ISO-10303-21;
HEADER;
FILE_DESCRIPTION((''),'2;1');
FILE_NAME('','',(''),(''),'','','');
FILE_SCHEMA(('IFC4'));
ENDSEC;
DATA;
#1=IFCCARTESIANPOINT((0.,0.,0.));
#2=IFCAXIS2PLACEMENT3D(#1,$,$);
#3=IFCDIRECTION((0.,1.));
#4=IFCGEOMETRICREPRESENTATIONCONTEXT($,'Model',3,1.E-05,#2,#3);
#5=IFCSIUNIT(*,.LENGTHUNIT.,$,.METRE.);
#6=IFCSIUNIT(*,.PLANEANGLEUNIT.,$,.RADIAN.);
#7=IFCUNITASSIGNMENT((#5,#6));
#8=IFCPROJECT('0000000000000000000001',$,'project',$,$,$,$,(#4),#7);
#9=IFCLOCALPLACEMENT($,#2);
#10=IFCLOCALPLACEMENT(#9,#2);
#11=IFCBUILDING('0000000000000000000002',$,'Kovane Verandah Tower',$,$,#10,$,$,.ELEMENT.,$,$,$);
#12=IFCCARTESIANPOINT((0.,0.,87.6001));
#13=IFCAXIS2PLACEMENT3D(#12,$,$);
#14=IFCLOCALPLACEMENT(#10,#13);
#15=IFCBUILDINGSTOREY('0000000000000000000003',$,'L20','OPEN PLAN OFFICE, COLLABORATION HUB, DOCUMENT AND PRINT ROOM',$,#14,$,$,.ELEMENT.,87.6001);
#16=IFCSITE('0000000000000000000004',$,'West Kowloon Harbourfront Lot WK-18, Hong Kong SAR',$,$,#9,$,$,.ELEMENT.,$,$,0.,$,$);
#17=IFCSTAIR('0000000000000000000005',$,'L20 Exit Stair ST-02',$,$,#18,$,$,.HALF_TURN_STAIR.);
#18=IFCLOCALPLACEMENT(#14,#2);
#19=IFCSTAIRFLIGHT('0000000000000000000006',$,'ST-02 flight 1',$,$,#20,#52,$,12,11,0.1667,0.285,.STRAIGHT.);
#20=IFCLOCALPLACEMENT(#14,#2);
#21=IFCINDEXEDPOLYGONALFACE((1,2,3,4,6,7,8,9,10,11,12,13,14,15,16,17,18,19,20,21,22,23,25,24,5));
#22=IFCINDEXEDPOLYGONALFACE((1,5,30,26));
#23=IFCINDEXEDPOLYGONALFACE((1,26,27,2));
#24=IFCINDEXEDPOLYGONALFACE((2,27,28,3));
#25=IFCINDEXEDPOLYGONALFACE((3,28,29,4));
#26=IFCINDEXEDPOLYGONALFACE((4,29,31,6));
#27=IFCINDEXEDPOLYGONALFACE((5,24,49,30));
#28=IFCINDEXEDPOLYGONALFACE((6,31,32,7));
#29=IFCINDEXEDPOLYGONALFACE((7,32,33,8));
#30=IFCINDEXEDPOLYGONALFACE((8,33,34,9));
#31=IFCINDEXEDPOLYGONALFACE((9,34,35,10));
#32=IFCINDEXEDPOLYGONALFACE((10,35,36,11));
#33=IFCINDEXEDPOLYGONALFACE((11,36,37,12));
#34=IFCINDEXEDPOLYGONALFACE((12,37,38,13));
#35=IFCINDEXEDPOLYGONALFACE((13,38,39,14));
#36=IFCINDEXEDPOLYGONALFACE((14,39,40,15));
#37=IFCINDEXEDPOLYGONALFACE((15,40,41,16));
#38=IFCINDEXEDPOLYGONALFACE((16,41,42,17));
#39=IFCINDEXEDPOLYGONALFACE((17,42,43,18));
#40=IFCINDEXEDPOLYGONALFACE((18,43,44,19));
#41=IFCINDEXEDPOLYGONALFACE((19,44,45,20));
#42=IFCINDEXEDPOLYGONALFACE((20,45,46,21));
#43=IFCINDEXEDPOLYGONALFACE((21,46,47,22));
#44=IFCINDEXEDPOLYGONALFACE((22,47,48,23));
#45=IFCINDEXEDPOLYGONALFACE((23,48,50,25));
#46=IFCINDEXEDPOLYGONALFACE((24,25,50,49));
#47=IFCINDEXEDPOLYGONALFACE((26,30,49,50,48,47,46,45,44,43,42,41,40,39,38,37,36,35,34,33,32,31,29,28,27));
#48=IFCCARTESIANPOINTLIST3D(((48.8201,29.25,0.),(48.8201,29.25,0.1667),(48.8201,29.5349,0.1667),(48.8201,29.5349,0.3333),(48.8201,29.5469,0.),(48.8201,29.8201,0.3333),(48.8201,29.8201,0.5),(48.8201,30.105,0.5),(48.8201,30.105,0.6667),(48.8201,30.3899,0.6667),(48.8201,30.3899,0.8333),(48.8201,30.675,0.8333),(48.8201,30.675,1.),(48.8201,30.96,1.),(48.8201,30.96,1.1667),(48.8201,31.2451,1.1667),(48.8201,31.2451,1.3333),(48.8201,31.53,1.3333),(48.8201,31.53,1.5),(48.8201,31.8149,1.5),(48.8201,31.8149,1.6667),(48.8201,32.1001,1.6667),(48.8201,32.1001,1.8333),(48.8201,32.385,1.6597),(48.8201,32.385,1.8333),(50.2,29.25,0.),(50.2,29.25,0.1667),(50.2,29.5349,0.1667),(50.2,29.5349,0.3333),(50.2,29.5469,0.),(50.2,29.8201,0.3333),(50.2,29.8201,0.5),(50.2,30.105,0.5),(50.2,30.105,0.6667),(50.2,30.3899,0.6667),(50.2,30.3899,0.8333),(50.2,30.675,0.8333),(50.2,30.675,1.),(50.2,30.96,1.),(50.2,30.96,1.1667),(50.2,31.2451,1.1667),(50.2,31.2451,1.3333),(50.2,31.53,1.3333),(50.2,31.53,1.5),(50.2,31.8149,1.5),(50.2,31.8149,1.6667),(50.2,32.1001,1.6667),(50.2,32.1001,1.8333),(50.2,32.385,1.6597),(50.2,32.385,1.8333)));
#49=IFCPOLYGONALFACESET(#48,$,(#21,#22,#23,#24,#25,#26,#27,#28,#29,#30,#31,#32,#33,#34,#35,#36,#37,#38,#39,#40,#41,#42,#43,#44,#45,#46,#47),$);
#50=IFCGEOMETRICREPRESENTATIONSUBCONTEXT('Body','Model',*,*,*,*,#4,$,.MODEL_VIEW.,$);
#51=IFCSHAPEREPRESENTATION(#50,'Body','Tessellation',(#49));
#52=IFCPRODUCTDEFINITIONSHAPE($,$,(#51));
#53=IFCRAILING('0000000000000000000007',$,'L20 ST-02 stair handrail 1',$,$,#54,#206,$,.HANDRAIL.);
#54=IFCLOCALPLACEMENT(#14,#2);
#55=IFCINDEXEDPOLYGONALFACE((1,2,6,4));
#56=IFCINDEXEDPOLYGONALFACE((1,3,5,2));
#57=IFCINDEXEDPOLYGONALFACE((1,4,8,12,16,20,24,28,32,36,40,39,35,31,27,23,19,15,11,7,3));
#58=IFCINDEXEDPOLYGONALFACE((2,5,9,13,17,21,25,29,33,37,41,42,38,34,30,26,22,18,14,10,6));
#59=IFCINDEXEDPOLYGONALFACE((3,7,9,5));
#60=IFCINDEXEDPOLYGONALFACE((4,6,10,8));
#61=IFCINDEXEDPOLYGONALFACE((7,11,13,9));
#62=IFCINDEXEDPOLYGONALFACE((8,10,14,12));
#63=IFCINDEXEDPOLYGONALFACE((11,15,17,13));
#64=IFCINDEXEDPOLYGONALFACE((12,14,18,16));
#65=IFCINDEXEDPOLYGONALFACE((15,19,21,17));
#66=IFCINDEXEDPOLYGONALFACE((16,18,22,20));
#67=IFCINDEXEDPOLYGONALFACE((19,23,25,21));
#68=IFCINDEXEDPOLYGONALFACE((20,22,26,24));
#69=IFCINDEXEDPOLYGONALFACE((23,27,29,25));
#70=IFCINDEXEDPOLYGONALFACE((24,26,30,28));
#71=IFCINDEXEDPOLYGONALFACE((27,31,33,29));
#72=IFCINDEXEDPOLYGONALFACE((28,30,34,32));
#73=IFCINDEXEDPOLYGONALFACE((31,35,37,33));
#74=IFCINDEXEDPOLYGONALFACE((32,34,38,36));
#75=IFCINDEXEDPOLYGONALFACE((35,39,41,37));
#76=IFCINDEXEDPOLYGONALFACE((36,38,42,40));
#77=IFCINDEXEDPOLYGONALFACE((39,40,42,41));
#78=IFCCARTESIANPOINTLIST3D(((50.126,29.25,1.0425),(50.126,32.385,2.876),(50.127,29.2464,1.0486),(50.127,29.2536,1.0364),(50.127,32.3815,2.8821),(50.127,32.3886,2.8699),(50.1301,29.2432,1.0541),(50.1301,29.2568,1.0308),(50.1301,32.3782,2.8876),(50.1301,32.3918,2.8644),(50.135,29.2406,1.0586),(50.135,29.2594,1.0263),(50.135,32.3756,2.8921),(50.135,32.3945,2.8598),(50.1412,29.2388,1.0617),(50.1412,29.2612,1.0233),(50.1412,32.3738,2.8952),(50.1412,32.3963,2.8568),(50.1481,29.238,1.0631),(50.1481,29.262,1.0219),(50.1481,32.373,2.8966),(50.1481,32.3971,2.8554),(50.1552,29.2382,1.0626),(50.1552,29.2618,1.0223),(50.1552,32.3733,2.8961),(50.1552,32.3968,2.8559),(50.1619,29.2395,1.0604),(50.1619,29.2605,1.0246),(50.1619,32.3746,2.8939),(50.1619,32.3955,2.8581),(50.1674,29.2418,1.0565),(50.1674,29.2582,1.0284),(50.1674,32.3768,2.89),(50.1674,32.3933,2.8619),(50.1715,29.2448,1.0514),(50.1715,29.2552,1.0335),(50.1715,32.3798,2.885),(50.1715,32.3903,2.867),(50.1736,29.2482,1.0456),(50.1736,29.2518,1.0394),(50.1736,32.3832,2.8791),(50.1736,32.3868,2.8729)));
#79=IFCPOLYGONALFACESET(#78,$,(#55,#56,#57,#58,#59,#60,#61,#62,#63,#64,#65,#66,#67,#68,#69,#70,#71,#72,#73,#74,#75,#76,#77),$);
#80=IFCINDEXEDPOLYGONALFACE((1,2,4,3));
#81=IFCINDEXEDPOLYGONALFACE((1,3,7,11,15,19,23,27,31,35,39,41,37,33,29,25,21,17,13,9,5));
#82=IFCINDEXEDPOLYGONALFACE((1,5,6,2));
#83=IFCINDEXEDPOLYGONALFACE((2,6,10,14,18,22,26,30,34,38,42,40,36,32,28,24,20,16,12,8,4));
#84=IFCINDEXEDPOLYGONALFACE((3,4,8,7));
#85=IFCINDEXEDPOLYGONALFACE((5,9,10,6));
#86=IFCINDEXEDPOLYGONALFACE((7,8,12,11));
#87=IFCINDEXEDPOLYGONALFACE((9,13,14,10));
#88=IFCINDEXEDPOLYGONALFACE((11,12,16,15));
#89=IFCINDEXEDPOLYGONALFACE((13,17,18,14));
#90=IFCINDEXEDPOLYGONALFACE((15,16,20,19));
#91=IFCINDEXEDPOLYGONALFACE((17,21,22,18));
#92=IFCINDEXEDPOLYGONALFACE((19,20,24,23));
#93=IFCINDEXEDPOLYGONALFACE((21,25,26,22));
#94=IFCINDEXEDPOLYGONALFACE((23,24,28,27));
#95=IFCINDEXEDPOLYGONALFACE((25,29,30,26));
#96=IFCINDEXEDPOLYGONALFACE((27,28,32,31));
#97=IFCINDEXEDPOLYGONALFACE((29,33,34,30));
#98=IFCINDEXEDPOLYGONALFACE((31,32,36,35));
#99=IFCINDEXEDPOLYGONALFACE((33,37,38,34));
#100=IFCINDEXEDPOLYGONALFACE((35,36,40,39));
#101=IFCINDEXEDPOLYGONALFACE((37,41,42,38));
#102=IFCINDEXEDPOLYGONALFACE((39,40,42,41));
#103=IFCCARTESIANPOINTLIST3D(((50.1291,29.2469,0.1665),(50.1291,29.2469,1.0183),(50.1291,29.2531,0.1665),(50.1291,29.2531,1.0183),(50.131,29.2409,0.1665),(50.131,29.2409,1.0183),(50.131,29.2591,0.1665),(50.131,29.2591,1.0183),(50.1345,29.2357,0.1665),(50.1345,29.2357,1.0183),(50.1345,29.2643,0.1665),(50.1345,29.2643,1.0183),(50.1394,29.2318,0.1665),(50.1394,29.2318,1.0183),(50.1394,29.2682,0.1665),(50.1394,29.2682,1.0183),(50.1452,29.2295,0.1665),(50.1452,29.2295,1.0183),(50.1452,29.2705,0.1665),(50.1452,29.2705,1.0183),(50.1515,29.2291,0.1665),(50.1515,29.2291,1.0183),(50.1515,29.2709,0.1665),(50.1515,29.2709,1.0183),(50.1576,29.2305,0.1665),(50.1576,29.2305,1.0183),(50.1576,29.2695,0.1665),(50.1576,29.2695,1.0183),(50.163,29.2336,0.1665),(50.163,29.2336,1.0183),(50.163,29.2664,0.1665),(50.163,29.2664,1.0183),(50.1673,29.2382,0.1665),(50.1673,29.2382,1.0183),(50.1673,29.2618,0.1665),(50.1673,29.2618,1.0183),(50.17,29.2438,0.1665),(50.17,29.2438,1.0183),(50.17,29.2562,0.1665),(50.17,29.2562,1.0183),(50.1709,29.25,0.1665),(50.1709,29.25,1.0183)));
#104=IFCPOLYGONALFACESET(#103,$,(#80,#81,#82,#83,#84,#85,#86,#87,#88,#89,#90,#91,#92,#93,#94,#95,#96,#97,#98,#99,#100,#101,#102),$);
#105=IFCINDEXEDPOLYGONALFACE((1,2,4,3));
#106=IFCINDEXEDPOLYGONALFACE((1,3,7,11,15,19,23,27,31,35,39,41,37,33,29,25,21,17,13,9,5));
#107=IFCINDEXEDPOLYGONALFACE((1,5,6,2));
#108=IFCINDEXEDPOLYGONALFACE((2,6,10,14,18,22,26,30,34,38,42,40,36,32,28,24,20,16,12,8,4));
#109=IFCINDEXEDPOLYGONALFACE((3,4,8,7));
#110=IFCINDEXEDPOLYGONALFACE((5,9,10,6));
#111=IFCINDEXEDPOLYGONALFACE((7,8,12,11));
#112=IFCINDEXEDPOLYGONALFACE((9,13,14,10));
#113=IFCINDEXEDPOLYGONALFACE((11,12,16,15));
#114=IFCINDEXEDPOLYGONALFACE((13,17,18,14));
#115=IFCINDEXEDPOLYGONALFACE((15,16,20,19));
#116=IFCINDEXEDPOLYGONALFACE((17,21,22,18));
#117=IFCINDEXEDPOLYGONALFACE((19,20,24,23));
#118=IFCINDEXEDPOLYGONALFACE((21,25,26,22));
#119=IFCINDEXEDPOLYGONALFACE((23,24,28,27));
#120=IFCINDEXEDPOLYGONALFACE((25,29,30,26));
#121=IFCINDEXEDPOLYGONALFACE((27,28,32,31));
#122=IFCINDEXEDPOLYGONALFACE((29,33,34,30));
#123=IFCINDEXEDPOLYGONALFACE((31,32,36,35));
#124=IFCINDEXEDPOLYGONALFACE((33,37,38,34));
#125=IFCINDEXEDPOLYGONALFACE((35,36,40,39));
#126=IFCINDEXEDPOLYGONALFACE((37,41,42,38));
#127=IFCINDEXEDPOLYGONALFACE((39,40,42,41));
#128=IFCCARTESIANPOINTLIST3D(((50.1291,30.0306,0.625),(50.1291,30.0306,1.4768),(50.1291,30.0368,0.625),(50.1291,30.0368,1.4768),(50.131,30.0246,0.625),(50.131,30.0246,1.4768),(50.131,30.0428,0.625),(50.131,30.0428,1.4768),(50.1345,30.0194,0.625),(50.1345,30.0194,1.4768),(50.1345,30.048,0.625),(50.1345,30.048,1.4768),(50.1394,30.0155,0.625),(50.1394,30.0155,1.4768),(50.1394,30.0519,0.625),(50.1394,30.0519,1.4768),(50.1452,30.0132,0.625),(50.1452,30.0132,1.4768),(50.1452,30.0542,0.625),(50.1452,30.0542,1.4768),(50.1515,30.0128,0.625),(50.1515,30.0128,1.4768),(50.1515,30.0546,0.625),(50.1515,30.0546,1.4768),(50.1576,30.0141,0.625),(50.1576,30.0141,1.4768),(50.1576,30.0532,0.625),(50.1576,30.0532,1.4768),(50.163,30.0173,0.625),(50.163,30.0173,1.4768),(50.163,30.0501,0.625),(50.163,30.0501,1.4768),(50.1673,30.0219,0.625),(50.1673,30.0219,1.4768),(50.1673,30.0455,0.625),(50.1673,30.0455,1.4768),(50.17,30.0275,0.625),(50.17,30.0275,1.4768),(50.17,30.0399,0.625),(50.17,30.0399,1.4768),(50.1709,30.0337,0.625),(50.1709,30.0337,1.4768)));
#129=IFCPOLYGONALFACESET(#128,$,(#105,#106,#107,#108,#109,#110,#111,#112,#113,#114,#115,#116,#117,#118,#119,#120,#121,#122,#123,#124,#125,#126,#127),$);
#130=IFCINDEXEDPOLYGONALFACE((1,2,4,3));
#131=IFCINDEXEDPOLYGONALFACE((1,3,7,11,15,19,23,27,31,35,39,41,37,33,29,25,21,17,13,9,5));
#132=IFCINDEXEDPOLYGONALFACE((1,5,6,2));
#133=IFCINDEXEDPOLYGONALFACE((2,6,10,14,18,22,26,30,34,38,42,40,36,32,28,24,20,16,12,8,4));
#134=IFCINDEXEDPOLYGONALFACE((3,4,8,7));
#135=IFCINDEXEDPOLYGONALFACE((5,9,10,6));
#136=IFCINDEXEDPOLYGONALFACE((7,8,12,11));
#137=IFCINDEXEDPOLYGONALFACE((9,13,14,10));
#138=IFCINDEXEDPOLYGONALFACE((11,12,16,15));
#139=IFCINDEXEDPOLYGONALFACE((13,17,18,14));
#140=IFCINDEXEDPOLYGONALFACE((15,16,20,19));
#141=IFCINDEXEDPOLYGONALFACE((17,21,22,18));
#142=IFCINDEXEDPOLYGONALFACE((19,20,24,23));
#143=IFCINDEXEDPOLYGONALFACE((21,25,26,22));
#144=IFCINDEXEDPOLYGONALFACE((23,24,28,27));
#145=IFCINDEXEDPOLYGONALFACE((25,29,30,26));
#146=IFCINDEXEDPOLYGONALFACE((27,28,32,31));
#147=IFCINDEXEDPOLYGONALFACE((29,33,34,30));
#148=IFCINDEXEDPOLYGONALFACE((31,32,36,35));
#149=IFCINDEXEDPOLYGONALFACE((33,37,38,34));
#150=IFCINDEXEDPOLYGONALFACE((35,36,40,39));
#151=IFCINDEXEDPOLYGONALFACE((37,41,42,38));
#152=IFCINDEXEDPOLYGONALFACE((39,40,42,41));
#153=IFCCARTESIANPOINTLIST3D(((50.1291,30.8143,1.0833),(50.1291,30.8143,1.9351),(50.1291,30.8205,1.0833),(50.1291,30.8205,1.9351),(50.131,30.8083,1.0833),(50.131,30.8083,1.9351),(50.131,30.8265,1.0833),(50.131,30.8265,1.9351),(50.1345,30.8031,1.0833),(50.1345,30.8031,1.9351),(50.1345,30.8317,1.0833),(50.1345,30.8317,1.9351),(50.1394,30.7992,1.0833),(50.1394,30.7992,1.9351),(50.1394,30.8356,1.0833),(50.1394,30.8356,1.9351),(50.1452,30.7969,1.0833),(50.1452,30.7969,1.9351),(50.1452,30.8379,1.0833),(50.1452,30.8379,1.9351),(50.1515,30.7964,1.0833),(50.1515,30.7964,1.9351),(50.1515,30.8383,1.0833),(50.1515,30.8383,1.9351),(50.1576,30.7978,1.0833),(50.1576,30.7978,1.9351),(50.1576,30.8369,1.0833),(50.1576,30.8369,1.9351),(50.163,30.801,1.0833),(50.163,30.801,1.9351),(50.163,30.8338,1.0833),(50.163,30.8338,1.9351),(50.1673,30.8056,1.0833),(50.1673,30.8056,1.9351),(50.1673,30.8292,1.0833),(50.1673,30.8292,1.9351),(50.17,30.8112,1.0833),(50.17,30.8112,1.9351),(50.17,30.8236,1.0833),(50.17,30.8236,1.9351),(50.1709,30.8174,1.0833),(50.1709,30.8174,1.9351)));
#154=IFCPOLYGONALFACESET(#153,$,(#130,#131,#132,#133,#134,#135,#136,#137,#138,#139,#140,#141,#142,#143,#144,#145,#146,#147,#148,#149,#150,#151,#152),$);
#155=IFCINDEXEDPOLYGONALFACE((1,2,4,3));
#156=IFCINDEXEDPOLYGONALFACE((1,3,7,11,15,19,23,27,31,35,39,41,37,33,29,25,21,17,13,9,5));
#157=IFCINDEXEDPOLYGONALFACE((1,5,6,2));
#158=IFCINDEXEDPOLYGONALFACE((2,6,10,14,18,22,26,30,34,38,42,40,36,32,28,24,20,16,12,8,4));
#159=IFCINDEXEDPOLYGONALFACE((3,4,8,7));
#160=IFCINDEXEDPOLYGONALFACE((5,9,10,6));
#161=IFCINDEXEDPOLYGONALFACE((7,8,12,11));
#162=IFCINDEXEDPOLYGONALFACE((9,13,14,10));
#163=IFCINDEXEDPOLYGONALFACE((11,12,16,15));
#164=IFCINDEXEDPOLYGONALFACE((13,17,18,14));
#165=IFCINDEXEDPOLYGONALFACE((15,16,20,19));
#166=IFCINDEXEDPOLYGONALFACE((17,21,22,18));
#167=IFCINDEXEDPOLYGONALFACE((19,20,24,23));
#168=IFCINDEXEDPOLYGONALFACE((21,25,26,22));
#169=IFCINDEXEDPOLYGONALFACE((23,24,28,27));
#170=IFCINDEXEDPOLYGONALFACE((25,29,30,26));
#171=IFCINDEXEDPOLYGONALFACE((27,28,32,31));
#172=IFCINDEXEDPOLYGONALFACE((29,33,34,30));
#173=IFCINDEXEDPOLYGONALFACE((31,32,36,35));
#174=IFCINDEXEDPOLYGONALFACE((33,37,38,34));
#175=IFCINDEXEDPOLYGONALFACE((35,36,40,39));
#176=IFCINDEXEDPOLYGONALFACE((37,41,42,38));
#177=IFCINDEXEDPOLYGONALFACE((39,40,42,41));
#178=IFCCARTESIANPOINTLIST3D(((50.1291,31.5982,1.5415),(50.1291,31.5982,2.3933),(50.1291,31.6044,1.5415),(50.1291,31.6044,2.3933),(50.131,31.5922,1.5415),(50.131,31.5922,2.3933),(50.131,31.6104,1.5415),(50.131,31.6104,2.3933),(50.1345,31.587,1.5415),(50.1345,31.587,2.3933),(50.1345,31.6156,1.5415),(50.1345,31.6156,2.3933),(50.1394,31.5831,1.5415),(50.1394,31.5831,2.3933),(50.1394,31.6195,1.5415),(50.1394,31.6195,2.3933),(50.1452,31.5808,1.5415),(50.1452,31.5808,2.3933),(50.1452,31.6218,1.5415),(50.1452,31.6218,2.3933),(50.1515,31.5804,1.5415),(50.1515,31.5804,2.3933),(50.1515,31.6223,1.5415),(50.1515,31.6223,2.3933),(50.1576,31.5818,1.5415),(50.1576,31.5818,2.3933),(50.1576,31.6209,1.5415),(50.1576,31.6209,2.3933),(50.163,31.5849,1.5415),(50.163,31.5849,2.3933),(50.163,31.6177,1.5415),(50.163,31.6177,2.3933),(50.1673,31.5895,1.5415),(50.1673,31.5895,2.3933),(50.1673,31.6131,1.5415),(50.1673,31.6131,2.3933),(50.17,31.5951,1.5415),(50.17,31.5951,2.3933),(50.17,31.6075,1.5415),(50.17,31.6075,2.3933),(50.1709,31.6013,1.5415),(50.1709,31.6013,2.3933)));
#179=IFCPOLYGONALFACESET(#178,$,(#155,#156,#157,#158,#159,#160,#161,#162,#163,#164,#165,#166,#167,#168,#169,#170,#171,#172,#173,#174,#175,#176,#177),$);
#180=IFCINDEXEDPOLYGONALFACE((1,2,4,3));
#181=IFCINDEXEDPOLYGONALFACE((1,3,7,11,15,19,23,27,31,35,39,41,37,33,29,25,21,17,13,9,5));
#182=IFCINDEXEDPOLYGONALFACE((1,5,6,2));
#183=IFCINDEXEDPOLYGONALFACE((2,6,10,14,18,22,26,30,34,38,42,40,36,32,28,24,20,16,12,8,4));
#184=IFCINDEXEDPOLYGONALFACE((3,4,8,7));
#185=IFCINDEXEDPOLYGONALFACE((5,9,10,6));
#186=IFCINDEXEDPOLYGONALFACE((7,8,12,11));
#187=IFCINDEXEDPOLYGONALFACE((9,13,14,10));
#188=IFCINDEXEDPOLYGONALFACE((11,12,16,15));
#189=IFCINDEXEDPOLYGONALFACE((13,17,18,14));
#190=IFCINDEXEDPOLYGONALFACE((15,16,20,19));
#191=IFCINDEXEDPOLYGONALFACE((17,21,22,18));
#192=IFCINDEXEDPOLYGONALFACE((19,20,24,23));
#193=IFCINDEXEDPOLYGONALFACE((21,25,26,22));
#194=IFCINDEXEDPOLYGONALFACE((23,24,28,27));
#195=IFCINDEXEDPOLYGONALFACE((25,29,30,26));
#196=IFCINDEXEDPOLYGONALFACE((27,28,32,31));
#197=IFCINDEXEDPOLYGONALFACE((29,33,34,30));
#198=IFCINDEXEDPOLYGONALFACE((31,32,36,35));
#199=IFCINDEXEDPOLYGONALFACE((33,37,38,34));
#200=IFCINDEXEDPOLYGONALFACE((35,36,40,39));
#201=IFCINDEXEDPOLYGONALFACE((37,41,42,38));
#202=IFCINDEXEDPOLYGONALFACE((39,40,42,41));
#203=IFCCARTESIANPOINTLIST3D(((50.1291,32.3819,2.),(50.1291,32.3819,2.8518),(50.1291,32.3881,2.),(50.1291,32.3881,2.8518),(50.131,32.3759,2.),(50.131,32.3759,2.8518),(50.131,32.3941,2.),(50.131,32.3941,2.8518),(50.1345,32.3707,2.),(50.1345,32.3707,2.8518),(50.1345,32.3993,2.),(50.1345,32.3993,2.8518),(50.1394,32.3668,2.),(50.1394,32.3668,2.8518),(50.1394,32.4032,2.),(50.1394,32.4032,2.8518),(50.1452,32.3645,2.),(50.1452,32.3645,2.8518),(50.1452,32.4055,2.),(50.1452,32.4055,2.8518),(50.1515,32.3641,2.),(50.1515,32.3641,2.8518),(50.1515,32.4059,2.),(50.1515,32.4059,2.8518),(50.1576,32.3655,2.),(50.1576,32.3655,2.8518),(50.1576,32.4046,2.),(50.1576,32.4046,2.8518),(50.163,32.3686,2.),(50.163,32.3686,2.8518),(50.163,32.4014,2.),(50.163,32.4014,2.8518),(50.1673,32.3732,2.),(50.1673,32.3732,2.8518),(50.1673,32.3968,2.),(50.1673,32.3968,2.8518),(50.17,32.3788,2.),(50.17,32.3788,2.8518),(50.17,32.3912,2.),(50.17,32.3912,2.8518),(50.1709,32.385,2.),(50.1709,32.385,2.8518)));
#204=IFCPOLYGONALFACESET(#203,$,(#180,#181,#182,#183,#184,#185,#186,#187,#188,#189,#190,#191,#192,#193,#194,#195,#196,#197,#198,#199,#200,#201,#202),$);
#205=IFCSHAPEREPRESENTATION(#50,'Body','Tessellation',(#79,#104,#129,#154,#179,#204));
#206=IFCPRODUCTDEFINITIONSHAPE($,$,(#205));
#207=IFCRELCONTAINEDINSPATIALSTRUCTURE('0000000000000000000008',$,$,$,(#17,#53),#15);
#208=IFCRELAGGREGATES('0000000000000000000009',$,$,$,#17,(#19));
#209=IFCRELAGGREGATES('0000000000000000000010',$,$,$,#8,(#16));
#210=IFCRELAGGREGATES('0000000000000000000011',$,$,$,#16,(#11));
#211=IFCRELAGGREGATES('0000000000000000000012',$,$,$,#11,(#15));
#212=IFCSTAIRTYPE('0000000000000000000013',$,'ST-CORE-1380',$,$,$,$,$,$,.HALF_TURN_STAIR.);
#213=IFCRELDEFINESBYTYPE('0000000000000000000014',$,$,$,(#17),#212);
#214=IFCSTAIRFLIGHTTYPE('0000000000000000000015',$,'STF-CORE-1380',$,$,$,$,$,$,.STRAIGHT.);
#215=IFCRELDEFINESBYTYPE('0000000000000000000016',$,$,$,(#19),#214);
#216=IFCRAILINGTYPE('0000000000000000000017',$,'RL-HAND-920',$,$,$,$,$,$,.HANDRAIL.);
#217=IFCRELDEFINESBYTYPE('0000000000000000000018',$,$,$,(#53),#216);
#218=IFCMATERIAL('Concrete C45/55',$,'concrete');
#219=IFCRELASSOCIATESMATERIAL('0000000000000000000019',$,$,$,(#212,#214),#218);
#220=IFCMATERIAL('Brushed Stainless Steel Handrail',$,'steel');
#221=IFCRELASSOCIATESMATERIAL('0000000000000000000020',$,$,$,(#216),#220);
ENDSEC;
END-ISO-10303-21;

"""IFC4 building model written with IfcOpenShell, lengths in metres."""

from ifc_helpers import new_model, si_unit, direction, frame, origin, origin_2d, place, context, subcontext, project, spatial, polyline, circle, outline, extrude, material, type_object, element, aggregate, save


model = new_model("IFC4")

# Units and contexts
model_context = context("Model", 3, precision=1e-05, world=origin(), true_north=direction((0.0, 1.0)))
body_context = subcontext(model_context, "Body", "Model", "MODEL_VIEW")
ifc_project = project(units=[si_unit("LENGTHUNIT", "METRE"), si_unit("PLANEANGLEUNIT", "RADIAN")], contexts=[model_context])

# Site, building, storey
site_placement = place(None, origin())
site = spatial("IfcSite", under=ifc_project, at=site_placement, Name="West Kowloon Harbourfront Lot WK-18, Hong Kong SAR", CompositionType="ELEMENT", RefElevation=0.0)
building_placement = place(site_placement, origin())
building = spatial("IfcBuilding", under=site, at=building_placement, Name="Kovane Verandah Tower", CompositionType="ELEMENT")
storey_placement = place(building_placement, frame((0.0, 0.0, 87.6001)))
storey = spatial("IfcBuildingStorey", under=building, at=storey_placement, Name="L20", Description="OPEN PLAN OFFICE, COLLABORATION HUB, DOCUMENT AND PRINT ROOM", CompositionType="ELEMENT", Elevation=87.6001)

# Shared definitions
ifc_material_1 = material(Name="Concrete C45/55", Category="concrete")

# Stair, stair flight
stair_type = type_object("IfcStairType", Name="ST-CORE-1380", PredefinedType="HALF_TURN_STAIR", material=ifc_material_1)
stair_placement = place(storey_placement, origin())
stair = element("IfcStair", 1, at=stair_placement, inside=storey, type_object=stair_type, Name="L20 Exit Stair ST-02", PredefinedType="HALF_TURN_STAIR")
stair_flight_type = type_object("IfcStairFlightType", Name="STF-CORE-1380", PredefinedType="STRAIGHT", material=ifc_material_1)
stair_flight_placement = place(storey_placement, frame((49.51, 29.25, 0.0), z_axis=(0.0, 0.0, 1.0), x_axis=(0.0, 1.0, 0.0)))
stair_flight = element("IfcStairFlight", 2, at=stair_flight_placement, type_object=stair_flight_type, Name="ST-02 flight 1", NumberOfRisers=12, NumberOfTreads=11, PredefinedType="STRAIGHT", RiserHeight=0.1667, TreadLength=0.285, context=body_context, shape_type="SweptSolid", body=[
    extrude(outline(polyline([(0.0, 0.0), (0.0, 0.1667), (0.2849, 0.1667), (0.2849, 0.3333), (0.5701, 0.3333), (0.5701, 0.5), (0.855, 0.5), (0.855, 0.6667), (1.1399, 0.6667), (1.1399, 0.8333), (1.425, 0.8333), (1.425, 1.0), (1.71, 1.0), (1.71, 1.1667), (1.9951, 1.1667), (1.9951, 1.3333), (2.28, 1.3333), (2.28, 1.5), (2.5649, 1.5), (2.5649, 1.6667), (2.8501, 1.6667), (2.8501, 1.8333), (3.135, 1.8333), (3.135, 2.0), (3.135, 1.6597), (0.2969, 0.0), (0.0, 0.0)])), frame((0.0, 0.6899, 0.0), z_axis=(0.0, -1.0, 0.0), x_axis=(1.0, 0.0, 0.0)), (0.0, 0.0, 1.0), 1.3799),
])
aggregate(stair, [stair_flight])

# Railing
ifc_material_2 = material(Name="Brushed Stainless Steel Handrail", Category="steel")
railing_type_1 = type_object("IfcRailingType", Name="RL-HAND-920", PredefinedType="HANDRAIL", material=ifc_material_2)
railing_1_placement = place(storey_placement, frame((50.1499, 29.25, 0.1665)))
element("IfcRailing", 3, at=railing_1_placement, inside=storey, type_object=railing_type_1, Name="L20 ST-02 stair handrail 1", PredefinedType="HANDRAIL", context=body_context, shape_type="SweptSolid", body=[
    extrude(circle(Radius=0.0239, at=origin_2d()), frame((0.0, 0.0, 0.876), z_axis=(0.0, 0.86321, 0.504845), x_axis=(-1.0, 0.0, 0.0)), (0.0, 0.0, 1.0), 3.6318),
    extrude(circle(Radius=0.021, at=origin_2d()), origin(), (0.0, 0.0, 1.0), 0.8518),
    extrude(circle(Radius=0.021, at=origin_2d()), frame((0.0, 0.7837, 0.4585)), (0.0, 0.0, 1.0), 0.8518),
    extrude(circle(Radius=0.021, at=origin_2d()), frame((0.0, 1.5674, 0.9167)), (0.0, 0.0, 1.0), 0.8518),
    extrude(circle(Radius=0.021, at=origin_2d()), frame((0.0, 2.3513, 1.375)), (0.0, 0.0, 1.0), 0.8518),
    extrude(circle(Radius=0.021, at=origin_2d()), frame((0.0, 3.135, 1.8335)), (0.0, 0.0, 1.0), 0.8518),
])

save(model, "model.ifc")
